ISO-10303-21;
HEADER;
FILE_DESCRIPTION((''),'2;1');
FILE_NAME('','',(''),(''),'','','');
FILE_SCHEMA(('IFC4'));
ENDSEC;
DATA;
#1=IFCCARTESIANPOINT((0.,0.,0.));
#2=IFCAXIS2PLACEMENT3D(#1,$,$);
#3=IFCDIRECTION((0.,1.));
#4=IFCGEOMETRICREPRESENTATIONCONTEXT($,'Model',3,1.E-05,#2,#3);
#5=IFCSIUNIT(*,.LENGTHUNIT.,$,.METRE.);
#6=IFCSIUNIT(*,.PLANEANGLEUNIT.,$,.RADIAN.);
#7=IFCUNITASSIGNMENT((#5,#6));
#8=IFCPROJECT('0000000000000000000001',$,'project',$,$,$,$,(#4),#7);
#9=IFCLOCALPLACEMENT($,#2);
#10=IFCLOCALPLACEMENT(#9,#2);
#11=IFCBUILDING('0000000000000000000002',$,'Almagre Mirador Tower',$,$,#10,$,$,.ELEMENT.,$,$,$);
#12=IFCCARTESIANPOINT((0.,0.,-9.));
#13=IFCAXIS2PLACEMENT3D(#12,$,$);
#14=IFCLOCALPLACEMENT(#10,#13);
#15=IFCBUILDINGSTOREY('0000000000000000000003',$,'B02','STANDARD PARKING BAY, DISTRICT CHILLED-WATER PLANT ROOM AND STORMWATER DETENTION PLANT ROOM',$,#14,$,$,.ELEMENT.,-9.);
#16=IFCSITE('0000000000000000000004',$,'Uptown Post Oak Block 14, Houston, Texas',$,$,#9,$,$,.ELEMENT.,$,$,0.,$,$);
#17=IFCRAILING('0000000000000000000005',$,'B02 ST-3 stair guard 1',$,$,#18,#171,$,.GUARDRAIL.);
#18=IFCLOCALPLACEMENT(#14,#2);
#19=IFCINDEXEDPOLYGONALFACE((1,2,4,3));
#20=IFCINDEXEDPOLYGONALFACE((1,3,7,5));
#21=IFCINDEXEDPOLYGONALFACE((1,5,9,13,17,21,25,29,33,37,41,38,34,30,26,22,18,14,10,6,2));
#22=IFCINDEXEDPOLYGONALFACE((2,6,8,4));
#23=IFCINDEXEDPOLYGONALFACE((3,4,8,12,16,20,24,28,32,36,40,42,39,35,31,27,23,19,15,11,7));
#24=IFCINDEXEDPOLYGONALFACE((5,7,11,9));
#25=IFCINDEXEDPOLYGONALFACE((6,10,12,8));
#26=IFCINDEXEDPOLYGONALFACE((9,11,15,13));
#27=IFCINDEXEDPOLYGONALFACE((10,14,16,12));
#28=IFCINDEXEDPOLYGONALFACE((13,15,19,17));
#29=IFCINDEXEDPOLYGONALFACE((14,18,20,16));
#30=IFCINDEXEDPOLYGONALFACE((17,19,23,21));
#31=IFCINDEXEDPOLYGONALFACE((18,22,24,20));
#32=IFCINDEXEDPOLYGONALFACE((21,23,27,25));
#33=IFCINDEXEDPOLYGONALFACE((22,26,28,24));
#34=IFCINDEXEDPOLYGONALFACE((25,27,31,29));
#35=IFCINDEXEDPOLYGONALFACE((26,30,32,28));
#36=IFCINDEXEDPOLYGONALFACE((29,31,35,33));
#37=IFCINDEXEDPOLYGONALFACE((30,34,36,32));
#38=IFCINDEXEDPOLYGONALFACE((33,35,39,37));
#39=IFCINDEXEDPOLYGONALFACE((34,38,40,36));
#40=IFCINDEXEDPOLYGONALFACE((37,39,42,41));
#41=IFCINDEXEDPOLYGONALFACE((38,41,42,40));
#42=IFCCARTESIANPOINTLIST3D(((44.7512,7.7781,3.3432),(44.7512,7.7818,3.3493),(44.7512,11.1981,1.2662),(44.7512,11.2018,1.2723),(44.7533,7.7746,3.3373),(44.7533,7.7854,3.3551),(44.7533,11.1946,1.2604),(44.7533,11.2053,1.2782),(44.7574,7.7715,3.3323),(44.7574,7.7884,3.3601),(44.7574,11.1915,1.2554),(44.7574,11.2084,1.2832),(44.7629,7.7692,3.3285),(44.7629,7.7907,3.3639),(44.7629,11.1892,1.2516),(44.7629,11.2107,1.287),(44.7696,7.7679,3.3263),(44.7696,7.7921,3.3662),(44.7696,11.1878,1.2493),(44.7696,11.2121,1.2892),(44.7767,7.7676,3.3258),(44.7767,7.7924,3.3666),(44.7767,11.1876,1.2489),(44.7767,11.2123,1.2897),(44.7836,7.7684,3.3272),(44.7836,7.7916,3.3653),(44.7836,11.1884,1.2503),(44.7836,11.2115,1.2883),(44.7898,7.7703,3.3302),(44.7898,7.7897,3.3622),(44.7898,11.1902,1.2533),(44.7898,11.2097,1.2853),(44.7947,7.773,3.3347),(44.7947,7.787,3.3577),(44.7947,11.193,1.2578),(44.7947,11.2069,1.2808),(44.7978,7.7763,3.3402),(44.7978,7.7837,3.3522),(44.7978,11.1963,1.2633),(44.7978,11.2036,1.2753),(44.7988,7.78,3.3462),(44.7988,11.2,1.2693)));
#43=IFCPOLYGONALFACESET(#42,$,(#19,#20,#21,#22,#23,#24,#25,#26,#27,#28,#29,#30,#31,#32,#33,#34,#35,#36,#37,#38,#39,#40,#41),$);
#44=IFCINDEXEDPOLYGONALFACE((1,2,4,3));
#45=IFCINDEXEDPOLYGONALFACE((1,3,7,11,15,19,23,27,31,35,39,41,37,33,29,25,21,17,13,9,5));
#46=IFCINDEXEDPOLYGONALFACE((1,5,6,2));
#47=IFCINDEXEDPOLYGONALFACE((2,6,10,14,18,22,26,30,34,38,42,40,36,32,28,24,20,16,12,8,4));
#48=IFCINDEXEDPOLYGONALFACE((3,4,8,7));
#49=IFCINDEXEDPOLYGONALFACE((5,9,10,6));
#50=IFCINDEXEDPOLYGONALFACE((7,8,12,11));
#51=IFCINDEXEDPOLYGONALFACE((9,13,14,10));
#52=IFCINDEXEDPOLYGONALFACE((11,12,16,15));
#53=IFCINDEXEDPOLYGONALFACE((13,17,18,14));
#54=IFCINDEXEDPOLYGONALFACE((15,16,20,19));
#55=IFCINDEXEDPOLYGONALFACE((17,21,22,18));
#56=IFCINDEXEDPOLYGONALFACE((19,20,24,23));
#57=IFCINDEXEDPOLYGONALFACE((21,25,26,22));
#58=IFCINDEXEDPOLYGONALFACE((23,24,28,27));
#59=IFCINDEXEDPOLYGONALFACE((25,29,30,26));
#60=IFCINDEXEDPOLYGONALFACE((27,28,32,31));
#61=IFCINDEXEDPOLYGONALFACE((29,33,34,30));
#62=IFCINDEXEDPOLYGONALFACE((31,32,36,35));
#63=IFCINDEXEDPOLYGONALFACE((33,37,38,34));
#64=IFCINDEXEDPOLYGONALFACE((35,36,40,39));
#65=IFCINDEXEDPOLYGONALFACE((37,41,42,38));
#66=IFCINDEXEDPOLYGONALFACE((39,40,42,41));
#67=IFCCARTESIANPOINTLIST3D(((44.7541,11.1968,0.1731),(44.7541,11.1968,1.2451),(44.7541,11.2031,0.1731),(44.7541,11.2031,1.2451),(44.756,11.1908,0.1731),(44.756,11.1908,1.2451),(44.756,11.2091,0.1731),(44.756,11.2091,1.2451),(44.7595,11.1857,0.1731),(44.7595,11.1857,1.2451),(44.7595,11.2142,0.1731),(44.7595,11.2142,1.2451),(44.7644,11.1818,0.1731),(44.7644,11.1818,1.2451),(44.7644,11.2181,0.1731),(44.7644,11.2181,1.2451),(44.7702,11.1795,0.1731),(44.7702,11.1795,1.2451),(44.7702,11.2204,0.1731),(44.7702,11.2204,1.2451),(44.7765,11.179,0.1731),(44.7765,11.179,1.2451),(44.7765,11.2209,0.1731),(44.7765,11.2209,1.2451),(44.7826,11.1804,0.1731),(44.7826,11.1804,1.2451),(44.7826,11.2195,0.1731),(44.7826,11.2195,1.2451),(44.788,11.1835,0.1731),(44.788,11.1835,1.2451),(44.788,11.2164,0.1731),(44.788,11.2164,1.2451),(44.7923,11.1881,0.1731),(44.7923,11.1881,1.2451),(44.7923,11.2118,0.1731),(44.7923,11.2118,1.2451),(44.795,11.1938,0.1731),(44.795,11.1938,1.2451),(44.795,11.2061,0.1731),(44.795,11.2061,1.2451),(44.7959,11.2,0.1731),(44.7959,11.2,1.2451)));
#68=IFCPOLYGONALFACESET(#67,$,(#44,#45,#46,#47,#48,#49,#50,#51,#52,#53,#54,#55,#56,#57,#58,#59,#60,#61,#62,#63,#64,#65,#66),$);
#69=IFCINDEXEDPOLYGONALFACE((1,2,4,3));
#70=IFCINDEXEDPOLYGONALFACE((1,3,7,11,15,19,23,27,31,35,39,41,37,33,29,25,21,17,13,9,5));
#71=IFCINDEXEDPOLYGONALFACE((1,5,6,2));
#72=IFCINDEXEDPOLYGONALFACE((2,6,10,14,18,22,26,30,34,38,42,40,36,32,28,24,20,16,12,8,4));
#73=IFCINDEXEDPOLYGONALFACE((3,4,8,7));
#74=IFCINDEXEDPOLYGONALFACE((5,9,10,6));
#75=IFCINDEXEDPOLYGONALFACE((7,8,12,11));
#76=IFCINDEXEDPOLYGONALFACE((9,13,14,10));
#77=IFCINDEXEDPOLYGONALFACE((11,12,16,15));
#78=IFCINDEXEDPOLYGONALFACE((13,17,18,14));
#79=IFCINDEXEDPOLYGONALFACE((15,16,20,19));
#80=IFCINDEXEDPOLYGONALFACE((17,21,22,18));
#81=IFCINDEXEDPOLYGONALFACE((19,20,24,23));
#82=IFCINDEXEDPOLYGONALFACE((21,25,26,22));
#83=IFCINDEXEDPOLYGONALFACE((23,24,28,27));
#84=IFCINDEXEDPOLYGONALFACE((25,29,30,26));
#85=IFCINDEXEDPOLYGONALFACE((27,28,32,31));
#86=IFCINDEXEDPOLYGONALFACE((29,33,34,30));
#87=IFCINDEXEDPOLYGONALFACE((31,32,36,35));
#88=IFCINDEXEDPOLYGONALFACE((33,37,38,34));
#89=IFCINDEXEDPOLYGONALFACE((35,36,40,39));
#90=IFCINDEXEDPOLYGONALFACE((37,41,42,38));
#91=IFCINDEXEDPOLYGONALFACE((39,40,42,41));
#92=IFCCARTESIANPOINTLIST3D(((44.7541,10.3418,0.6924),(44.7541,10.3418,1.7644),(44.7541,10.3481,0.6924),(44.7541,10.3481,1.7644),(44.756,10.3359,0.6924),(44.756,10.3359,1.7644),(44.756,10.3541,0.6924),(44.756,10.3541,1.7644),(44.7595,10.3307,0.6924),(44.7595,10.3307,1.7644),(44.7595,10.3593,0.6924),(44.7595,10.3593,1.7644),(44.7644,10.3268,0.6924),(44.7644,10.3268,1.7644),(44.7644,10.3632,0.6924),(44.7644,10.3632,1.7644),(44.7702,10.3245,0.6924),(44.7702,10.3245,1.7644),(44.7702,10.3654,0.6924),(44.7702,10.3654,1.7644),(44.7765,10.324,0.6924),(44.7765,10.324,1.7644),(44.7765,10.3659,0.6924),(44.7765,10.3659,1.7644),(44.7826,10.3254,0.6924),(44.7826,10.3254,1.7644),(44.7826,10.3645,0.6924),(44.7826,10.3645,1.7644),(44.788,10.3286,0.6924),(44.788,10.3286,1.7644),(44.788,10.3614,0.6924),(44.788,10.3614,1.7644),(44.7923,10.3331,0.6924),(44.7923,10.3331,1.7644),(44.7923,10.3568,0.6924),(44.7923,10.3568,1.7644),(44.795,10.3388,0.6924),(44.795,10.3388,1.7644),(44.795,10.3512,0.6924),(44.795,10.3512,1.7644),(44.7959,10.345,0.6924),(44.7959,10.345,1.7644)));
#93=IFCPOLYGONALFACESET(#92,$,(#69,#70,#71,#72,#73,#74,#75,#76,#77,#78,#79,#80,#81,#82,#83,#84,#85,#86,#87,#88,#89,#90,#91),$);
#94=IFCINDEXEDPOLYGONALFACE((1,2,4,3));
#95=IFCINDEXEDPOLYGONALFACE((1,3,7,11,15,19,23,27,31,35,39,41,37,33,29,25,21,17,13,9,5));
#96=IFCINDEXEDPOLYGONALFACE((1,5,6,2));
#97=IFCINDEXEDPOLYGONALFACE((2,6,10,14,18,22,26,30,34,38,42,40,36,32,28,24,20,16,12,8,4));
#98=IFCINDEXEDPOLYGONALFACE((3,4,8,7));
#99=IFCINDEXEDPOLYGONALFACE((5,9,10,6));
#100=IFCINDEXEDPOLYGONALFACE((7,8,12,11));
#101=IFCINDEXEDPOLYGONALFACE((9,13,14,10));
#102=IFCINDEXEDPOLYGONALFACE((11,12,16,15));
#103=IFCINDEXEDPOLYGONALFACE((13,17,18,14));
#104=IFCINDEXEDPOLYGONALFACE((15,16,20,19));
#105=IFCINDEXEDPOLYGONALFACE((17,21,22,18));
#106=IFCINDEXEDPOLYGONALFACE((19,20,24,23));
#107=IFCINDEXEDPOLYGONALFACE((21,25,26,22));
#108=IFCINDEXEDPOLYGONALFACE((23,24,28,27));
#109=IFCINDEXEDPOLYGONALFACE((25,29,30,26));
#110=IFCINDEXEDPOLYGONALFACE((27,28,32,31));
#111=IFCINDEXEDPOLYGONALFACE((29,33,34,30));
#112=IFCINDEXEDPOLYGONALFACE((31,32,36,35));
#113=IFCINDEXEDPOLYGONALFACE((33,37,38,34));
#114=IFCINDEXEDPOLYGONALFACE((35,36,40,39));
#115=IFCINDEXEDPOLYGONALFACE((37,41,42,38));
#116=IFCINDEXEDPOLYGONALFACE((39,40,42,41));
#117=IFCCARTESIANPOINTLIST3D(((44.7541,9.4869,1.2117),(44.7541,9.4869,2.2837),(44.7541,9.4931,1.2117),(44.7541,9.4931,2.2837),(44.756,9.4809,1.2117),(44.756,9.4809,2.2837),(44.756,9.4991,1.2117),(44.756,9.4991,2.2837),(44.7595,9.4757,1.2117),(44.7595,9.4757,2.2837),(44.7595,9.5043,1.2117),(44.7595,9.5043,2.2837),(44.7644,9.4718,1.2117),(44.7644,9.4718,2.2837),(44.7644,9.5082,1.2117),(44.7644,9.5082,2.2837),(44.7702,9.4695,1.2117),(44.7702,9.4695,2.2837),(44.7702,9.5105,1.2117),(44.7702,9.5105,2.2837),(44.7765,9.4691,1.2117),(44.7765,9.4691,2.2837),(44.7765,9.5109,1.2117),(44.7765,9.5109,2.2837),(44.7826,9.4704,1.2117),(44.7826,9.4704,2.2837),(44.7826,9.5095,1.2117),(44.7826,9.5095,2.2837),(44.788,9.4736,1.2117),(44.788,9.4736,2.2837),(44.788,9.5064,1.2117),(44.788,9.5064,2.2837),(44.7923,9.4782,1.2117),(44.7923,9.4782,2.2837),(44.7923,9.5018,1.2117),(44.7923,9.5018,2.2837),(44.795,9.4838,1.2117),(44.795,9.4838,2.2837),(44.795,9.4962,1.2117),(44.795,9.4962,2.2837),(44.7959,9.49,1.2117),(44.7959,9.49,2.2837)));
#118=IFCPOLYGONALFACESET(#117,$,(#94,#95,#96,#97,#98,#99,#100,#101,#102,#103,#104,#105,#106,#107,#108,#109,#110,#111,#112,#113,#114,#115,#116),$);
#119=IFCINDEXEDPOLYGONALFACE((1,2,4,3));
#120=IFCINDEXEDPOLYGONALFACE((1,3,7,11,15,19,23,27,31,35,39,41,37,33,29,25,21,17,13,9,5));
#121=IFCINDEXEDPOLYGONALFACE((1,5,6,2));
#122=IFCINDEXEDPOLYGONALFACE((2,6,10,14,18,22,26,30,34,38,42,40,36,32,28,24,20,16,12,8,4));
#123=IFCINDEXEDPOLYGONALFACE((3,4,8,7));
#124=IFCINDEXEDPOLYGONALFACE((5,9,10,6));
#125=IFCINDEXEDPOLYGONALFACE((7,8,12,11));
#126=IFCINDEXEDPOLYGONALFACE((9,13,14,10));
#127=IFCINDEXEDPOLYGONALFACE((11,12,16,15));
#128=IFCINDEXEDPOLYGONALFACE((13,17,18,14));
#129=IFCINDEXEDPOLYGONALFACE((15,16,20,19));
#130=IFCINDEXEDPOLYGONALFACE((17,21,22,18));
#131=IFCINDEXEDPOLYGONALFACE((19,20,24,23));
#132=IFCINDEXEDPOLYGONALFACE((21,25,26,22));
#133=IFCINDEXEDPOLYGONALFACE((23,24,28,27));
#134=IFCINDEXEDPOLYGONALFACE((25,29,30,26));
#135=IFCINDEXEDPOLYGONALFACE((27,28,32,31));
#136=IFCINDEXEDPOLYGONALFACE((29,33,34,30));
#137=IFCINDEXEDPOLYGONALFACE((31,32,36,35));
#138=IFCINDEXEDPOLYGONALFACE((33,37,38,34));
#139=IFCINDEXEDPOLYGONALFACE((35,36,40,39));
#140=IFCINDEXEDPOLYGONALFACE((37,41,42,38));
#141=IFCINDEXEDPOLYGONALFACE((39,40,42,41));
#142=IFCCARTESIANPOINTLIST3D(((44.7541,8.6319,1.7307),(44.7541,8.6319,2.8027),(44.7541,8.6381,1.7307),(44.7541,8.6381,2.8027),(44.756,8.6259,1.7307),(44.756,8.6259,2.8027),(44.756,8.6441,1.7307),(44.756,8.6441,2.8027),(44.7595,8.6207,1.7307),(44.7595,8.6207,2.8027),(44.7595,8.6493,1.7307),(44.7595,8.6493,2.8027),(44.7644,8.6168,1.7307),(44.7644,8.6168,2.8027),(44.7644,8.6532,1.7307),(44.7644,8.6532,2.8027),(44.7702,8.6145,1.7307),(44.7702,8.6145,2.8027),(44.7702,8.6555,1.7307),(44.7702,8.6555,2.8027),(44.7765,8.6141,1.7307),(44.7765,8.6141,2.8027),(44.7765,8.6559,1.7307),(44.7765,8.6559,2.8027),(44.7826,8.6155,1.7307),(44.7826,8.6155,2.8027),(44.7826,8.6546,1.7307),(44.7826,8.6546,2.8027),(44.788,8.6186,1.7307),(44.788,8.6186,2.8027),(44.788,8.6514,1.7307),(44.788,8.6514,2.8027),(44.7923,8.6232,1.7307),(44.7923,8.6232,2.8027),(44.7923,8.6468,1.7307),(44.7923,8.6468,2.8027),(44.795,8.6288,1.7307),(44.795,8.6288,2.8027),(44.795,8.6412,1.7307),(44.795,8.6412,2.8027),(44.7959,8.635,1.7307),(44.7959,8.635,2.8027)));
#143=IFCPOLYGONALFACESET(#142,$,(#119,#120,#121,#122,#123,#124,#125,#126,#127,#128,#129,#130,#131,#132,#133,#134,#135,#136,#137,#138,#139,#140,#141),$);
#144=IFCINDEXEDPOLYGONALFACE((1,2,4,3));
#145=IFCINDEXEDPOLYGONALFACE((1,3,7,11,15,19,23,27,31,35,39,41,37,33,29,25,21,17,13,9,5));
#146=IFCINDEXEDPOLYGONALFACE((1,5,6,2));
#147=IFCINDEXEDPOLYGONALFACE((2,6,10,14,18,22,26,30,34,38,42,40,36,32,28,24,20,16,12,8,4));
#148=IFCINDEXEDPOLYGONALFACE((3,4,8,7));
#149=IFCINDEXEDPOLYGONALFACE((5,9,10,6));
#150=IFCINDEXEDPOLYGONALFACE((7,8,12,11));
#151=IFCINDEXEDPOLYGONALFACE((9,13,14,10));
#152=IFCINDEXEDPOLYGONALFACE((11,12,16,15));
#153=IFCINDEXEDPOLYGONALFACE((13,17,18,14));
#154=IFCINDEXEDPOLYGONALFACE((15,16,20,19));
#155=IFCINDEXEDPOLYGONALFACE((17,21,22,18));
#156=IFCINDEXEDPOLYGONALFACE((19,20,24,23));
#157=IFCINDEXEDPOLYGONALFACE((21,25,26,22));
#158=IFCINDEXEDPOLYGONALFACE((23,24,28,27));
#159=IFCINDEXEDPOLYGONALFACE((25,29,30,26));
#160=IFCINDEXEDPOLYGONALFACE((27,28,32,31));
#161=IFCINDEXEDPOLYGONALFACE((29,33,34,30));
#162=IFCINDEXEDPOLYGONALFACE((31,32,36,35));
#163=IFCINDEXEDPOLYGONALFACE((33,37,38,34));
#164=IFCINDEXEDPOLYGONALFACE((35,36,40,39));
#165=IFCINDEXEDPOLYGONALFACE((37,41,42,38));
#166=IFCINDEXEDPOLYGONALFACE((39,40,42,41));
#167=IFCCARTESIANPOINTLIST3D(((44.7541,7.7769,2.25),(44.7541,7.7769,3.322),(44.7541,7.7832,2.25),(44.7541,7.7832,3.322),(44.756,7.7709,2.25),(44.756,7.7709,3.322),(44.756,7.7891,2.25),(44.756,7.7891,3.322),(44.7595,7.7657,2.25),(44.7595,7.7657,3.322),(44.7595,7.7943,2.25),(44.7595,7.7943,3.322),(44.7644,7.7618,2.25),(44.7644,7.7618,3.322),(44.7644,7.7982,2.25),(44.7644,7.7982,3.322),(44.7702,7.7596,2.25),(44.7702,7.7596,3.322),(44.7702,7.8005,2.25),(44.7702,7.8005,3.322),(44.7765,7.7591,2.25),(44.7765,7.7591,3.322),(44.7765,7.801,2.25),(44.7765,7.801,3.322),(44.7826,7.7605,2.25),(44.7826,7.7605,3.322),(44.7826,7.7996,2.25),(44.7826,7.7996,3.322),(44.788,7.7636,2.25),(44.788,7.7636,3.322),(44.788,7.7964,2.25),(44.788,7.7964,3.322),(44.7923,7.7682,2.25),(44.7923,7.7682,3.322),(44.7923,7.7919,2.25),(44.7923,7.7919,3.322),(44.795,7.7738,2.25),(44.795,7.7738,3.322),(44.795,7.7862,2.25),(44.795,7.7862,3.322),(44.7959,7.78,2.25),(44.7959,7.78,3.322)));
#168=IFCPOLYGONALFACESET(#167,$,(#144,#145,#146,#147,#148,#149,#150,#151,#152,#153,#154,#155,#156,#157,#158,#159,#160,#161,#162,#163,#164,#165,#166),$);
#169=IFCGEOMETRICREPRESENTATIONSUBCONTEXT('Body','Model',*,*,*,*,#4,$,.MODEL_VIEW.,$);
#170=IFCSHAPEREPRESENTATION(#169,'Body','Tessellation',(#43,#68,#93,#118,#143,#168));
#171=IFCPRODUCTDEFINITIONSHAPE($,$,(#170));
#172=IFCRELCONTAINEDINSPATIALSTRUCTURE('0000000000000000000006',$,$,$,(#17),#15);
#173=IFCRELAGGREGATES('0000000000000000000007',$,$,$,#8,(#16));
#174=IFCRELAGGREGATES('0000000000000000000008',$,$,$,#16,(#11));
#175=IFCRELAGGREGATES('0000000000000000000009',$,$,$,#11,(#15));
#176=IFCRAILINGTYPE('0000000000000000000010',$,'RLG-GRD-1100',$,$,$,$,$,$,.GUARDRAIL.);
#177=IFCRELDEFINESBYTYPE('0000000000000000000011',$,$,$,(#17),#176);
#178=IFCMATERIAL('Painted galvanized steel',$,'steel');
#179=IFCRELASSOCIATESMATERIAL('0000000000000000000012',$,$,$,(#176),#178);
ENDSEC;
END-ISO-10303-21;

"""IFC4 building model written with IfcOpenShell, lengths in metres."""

from ifc_helpers import new_model, si_unit, direction, frame, origin, origin_2d, place, context, subcontext, project, spatial, circle, extrude, material, type_object, element, save


model = new_model("IFC4")

# Units and contexts
model_context = context("Model", 3, precision=1e-05, world=origin(), true_north=direction((0.0, 1.0)))
body_context = subcontext(model_context, "Body", "Model", "MODEL_VIEW")
ifc_project = project(units=[si_unit("LENGTHUNIT", "METRE"), si_unit("PLANEANGLEUNIT", "RADIAN")], contexts=[model_context])

# Site, building, storey
site_placement = place(None, origin())
site = spatial("IfcSite", under=ifc_project, at=site_placement, Name="Uptown Post Oak Block 14, Houston, Texas", CompositionType="ELEMENT", RefElevation=0.0)
building_placement = place(site_placement, origin())
building = spatial("IfcBuilding", under=site, at=building_placement, Name="Almagre Mirador Tower", CompositionType="ELEMENT")
storey_placement = place(building_placement, frame((0.0, 0.0, -9.0)))
storey = spatial("IfcBuildingStorey", under=building, at=storey_placement, Name="B02", Description="STANDARD PARKING BAY, DISTRICT CHILLED-WATER PLANT ROOM AND STORMWATER DETENTION PLANT ROOM", CompositionType="ELEMENT", Elevation=-9.0)

# Railing
ifc_material_1 = material(Name="Painted galvanized steel", Category="steel")
railing_type = type_object("IfcRailingType", Name="RLG-GRD-1100", PredefinedType="GUARDRAIL", material=ifc_material_1)
railing_1_placement = place(storey_placement, frame((44.7749, 11.2, 0.1731)))
element("IfcRailing", 1, at=railing_1_placement, inside=storey, type_object=railing_type, Name="B02 ST-3 stair guard 1", PredefinedType="GUARDRAIL", context=body_context, shape_type="SweptSolid", body=[
    extrude(circle(Radius=0.0239, at=origin_2d()), frame((0.0, 0.0, 1.0962), z_axis=(0.0, -0.85473, 0.519074), x_axis=(1.0, 0.0, 0.0)), (0.0, 0.0, 1.0), 4.0012),
    extrude(circle(Radius=0.021, at=origin_2d()), origin(), (0.0, 0.0, 1.0), 1.072),
    extrude(circle(Radius=0.021, at=origin_2d()), frame((0.0, -0.855, 0.5193)), (0.0, 0.0, 1.0), 1.072),
    extrude(circle(Radius=0.021, at=origin_2d()), frame((0.0, -1.71, 1.0386)), (0.0, 0.0, 1.0), 1.072),
    extrude(circle(Radius=0.021, at=origin_2d()), frame((0.0, -2.5649, 1.5576)), (0.0, 0.0, 1.0), 1.072),
    extrude(circle(Radius=0.021, at=origin_2d()), frame((0.0, -3.4199, 2.0769)), (0.0, 0.0, 1.0), 1.072),
])

save(model, "model.ifc")
